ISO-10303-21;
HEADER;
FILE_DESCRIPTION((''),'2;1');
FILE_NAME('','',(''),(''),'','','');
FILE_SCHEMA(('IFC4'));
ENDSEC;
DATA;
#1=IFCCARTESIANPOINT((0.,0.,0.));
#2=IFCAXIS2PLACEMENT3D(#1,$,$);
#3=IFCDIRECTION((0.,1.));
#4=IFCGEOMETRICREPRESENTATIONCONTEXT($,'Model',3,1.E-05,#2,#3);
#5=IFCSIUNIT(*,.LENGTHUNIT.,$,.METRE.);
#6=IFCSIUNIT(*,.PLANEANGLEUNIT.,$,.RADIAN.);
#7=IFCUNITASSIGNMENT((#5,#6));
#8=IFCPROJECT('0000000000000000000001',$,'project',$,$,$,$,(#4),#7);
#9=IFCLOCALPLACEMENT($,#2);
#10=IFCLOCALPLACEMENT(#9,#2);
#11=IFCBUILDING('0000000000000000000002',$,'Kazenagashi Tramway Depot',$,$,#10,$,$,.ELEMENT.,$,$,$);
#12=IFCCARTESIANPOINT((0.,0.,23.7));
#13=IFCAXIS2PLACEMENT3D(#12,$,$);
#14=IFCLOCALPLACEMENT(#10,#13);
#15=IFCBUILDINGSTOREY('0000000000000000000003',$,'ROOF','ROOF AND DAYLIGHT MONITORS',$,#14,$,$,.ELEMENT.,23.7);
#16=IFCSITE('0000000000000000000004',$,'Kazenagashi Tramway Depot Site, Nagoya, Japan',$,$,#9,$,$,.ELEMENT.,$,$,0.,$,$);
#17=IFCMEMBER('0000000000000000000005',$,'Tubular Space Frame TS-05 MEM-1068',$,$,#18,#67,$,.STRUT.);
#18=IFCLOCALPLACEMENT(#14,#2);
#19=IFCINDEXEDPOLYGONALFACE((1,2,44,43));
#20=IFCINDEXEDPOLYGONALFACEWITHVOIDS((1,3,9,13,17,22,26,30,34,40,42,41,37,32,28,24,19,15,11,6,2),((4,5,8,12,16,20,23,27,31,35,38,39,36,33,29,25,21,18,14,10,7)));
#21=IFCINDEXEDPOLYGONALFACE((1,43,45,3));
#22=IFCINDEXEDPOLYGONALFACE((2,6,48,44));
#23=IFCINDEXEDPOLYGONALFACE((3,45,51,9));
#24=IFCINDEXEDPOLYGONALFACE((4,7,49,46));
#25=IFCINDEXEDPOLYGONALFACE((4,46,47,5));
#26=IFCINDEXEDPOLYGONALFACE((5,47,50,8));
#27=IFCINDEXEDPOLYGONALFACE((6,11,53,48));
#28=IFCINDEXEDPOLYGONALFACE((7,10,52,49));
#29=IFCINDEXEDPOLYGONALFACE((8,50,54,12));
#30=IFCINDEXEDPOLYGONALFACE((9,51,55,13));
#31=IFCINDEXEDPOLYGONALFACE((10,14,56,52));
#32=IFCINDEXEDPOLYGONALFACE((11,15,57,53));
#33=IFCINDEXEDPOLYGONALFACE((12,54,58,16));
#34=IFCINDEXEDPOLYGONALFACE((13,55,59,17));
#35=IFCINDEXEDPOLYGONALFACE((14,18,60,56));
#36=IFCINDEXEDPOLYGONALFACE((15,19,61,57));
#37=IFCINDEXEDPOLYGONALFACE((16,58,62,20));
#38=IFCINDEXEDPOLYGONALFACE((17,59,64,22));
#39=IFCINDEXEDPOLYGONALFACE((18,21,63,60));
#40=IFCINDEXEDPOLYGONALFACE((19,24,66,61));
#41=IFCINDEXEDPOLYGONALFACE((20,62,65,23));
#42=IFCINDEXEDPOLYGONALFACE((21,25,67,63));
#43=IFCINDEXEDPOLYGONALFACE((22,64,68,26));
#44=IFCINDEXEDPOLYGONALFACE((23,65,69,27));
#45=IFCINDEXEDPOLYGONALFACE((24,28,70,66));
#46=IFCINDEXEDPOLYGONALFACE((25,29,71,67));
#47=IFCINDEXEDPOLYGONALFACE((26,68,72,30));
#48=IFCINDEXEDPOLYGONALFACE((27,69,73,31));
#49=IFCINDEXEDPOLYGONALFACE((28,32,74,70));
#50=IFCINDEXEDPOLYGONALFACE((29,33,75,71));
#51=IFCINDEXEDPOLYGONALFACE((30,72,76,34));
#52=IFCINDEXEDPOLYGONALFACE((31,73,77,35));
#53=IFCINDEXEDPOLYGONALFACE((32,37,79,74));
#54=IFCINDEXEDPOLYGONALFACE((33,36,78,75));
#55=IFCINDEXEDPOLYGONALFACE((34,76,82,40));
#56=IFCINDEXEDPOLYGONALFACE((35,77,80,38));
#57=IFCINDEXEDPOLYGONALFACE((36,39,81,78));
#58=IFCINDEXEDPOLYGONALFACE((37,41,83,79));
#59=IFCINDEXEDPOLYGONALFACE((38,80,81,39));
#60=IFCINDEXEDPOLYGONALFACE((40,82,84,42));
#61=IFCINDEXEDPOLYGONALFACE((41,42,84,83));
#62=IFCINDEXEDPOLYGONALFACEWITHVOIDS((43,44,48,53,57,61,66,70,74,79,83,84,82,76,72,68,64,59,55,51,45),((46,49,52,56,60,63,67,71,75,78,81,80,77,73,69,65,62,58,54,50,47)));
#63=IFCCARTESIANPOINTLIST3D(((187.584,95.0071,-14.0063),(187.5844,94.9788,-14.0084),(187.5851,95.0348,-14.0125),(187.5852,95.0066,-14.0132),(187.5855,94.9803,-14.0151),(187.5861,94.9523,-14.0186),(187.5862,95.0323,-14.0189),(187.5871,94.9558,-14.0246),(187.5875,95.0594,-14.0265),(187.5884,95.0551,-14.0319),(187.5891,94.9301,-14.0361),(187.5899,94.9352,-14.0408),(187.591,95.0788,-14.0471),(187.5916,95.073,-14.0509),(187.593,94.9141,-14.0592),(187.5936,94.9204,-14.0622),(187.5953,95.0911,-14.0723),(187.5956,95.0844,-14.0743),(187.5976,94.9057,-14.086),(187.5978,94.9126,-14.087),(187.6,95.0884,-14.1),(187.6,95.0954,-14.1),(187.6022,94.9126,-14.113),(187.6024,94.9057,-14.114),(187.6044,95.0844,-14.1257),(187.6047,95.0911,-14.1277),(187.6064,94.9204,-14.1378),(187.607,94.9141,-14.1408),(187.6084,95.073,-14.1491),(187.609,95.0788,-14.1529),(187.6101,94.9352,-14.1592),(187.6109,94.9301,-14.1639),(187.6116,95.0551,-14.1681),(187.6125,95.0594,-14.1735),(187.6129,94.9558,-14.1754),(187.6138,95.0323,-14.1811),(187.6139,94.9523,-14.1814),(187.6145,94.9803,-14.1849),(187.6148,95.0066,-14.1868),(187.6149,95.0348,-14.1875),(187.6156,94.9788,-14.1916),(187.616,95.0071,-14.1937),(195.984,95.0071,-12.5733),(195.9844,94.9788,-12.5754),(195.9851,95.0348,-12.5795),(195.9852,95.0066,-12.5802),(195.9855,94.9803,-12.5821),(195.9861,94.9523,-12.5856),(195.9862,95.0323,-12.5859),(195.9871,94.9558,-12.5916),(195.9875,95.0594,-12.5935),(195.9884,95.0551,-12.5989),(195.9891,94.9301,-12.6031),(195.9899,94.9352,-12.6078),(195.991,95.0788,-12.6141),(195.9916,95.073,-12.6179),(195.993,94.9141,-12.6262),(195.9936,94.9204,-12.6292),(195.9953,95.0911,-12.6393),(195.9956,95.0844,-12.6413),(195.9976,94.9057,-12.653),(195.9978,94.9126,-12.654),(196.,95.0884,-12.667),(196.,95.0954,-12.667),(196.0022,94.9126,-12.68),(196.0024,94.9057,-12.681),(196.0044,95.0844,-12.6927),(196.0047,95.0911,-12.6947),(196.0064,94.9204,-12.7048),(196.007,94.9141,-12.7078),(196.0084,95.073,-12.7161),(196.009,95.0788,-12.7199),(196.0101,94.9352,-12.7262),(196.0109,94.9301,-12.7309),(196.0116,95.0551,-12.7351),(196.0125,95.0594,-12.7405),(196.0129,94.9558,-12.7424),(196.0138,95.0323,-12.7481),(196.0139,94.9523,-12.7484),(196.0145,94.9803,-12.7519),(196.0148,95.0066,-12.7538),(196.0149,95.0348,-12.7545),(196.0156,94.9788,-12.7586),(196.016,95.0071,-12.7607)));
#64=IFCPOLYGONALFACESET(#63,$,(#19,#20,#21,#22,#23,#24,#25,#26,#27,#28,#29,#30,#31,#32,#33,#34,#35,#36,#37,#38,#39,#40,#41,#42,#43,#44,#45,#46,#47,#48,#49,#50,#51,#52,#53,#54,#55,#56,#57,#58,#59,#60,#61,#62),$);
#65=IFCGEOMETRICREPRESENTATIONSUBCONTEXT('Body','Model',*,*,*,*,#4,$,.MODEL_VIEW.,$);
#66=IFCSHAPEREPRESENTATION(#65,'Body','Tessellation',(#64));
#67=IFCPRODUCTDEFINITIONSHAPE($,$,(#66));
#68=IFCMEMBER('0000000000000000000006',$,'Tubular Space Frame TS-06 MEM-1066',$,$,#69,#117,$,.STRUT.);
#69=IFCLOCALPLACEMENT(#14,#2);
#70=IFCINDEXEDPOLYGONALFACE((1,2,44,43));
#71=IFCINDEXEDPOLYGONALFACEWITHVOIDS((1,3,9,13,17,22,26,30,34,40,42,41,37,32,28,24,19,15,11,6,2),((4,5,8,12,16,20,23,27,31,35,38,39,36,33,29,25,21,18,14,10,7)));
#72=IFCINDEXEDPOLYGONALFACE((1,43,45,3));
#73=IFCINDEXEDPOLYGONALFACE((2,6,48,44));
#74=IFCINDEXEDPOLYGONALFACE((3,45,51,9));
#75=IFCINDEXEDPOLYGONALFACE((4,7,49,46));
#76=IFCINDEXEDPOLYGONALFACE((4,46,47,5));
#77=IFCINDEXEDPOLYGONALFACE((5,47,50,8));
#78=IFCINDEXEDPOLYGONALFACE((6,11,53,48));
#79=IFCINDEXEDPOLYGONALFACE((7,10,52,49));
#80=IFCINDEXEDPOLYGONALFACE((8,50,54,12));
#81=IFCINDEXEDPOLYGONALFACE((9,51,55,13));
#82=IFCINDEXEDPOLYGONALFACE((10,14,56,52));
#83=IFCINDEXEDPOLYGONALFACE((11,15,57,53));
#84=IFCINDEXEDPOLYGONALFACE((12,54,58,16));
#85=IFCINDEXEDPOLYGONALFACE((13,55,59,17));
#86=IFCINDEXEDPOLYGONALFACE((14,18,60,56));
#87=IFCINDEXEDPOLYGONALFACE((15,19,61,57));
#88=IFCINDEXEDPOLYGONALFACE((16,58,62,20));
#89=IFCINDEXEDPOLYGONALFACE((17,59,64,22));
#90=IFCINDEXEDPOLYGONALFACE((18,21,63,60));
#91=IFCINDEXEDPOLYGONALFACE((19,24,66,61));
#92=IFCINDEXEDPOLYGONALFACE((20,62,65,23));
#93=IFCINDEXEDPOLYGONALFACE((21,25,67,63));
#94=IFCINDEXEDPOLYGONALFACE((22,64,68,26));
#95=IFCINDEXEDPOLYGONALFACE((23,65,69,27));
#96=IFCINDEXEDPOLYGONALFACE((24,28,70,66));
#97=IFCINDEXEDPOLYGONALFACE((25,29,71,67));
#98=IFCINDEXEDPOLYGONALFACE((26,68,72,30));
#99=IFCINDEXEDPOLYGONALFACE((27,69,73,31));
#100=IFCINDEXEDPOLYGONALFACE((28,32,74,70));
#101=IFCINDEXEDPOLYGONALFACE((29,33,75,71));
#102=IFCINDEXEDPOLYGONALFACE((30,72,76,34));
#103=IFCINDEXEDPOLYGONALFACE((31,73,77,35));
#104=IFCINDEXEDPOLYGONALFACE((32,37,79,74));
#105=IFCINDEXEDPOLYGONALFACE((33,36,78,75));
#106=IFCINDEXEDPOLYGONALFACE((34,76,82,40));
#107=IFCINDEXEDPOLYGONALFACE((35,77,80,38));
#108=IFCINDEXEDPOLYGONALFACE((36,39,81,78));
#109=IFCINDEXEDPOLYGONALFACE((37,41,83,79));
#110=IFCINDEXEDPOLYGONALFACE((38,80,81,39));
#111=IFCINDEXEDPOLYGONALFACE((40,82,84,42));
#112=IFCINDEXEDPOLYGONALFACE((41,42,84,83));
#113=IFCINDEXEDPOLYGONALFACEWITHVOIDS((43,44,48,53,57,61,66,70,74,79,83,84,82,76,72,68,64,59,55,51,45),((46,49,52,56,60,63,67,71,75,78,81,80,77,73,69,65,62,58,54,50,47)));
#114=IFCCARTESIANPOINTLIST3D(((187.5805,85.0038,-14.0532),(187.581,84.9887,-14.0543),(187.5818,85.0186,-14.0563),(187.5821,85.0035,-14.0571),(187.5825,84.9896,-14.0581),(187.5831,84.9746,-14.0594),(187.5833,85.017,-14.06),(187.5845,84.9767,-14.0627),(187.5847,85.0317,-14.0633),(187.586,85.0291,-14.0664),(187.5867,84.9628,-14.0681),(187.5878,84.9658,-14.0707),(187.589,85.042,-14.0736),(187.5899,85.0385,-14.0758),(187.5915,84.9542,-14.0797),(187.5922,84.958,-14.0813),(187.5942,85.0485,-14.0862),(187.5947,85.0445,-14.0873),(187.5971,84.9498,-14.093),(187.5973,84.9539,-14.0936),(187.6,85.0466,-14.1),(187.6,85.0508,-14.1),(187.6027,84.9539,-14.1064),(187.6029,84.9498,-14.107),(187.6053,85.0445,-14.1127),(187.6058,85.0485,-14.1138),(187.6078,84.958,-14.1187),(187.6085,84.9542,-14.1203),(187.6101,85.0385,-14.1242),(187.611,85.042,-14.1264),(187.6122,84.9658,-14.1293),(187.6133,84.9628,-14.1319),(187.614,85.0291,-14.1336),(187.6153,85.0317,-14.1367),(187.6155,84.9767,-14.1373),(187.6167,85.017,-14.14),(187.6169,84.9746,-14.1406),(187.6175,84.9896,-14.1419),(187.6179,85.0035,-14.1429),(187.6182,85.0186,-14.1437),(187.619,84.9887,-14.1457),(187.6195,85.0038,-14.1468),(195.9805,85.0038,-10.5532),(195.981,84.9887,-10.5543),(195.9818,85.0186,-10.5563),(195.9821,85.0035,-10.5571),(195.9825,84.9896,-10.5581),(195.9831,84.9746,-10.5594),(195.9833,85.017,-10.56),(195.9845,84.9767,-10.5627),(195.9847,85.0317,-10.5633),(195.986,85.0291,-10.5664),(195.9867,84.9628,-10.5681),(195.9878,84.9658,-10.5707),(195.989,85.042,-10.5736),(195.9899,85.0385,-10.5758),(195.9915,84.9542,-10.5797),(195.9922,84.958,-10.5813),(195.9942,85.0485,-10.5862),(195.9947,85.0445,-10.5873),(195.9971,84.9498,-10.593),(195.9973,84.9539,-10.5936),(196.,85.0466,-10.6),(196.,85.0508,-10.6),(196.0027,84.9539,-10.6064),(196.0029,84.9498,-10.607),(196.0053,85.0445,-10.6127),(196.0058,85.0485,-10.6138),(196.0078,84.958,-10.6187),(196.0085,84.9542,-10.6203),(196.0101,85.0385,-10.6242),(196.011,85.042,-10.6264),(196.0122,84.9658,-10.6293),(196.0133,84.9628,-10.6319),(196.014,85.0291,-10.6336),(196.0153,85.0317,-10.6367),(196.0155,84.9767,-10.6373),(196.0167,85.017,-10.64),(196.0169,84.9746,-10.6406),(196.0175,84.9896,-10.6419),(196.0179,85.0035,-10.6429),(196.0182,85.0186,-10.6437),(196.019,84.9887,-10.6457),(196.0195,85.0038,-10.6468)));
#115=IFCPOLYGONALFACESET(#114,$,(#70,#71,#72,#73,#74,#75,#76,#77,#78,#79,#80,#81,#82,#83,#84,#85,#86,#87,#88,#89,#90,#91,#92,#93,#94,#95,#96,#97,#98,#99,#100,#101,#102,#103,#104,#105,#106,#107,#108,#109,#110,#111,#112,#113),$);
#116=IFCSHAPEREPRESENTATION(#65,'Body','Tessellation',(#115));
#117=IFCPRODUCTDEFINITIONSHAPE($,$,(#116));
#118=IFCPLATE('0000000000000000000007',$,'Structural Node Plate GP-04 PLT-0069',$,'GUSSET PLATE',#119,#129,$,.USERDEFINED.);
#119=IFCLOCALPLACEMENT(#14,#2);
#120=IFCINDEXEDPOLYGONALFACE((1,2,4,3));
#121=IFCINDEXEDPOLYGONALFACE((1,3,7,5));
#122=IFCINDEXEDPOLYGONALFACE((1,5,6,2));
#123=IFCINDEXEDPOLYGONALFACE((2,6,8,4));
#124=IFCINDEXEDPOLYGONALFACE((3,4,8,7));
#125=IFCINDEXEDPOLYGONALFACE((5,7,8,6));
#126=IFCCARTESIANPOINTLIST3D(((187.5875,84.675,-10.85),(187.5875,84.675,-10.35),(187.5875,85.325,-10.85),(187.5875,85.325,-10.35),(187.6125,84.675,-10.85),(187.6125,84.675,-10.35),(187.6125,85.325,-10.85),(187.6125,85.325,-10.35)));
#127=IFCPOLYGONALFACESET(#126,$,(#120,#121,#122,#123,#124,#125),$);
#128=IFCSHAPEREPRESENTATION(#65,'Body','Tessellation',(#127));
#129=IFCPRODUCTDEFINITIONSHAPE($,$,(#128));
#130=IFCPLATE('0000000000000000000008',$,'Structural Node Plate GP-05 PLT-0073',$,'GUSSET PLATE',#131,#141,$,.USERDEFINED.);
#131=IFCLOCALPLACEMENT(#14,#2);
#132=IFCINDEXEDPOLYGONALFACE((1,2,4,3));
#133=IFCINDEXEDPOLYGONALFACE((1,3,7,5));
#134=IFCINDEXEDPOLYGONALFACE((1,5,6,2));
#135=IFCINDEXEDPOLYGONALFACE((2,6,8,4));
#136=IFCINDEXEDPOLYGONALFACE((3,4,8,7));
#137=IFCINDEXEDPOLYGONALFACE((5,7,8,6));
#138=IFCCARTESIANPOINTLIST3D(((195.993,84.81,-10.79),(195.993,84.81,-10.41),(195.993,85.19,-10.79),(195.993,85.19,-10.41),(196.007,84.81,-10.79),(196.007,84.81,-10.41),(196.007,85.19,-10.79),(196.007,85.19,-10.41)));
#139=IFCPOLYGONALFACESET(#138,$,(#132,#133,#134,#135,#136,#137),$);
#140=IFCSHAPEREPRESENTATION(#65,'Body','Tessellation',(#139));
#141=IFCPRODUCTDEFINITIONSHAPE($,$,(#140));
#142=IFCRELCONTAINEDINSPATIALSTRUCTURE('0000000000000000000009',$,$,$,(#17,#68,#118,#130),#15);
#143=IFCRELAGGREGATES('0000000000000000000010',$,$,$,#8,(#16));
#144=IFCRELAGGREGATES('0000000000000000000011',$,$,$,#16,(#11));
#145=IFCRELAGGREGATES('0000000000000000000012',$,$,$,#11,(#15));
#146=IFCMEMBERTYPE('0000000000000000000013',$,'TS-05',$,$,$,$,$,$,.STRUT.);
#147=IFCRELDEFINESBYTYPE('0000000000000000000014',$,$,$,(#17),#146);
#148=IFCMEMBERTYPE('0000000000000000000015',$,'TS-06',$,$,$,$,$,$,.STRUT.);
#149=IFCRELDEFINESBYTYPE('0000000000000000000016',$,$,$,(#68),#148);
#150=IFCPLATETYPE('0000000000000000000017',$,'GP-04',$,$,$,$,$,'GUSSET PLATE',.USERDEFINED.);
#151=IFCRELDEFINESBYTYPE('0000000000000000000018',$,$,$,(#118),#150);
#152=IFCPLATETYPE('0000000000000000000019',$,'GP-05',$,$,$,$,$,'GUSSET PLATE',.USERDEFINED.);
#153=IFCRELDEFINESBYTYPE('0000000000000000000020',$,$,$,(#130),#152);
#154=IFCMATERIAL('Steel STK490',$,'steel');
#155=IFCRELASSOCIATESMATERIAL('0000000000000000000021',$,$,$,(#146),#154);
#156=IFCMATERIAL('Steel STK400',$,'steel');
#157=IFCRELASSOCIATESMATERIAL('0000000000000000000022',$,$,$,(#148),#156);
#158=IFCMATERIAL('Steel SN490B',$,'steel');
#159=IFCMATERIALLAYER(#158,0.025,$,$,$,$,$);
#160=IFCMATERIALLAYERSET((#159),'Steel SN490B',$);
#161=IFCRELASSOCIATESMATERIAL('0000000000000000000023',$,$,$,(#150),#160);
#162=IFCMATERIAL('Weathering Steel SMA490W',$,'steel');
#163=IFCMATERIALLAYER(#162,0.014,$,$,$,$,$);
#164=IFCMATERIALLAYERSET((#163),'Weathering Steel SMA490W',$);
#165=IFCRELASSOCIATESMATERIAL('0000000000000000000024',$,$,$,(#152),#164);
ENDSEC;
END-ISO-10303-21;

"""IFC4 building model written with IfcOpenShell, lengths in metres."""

from ifc_helpers import new_model, si_unit, direction, frame, origin, origin_2d, place, context, subcontext, project, spatial, rectangle, hollow_circle, extrude, material, layer, layer_set, material_profile, profile_set, type_object, element, save


model = new_model("IFC4")

# Units and contexts
model_context = context("Model", 3, precision=1e-05, world=origin(), true_north=direction((0.0, 1.0)))
body_context = subcontext(model_context, "Body", "Model", "MODEL_VIEW")
ifc_project = project(units=[si_unit("LENGTHUNIT", "METRE"), si_unit("PLANEANGLEUNIT", "RADIAN")], contexts=[model_context])

# Site, building, storey
site_placement = place(None, origin())
site = spatial("IfcSite", under=ifc_project, at=site_placement, Name="Kazenagashi Tramway Depot Site, Nagoya, Japan", CompositionType="ELEMENT", RefElevation=0.0)
building_placement = place(site_placement, origin())
building = spatial("IfcBuilding", under=site, at=building_placement, Name="Kazenagashi Tramway Depot", CompositionType="ELEMENT")
storey_placement = place(building_placement, frame((0.0, 0.0, 23.7)))
storey = spatial("IfcBuildingStorey", under=building, at=storey_placement, Name="ROOF", Description="ROOF AND DAYLIGHT MONITORS", CompositionType="ELEMENT", Elevation=23.7)

# Members
ifc_material_1 = material(Name="Steel STK490", Category="steel")
ifc_material_profile_1 = material_profile(ifc_material_1, hollow_circle(Radius=0.0954, WallThickness=0.007, at=origin_2d()), Name="CHS-190.7x7.0")
ifc_profile_set_1 = profile_set([ifc_material_profile_1], Name="Steel STK490")
member_type_1 = type_object("IfcMemberType", Name="TS-05", PredefinedType="STRUT", material=ifc_profile_set_1)
for number, where, z_axis, x_axis, name in (
    (1, (187.6, 95.0, -14.1), (0.985759, 0.0, 0.168166), (0.0, 1.0, 0.0), "Tubular Space Frame TS-05 MEM-1068"),
):
    element("IfcMember", number, at=place(storey_placement, frame(where, z_axis=z_axis, x_axis=x_axis)), inside=storey, type_object=member_type_1, Name=name, PredefinedType="STRUT", context=body_context, shape_type="SweptSolid", body=[
        extrude(hollow_circle(Radius=0.0954, WallThickness=0.007, at=origin_2d()), origin(), (0.0, 0.0, 1.0), 8.5214),
    ])
ifc_material_2 = material(Name="Steel STK400", Category="steel")
ifc_material_profile_2 = material_profile(ifc_material_2, hollow_circle(Radius=0.0508, WallThickness=0.0042, at=origin_2d()), Name="CHS-101.6x4.2")
ifc_profile_set_2 = profile_set([ifc_material_profile_2], Name="Steel STK400")
member_type_2 = type_object("IfcMemberType", Name="TS-06", PredefinedType="STRUT", material=ifc_profile_set_2)
member_1_placement = place(storey_placement, frame((187.6, 85.0, -14.1), z_axis=(0.923077, 0.0, 0.384615), x_axis=(0.0, 1.0, 0.0)))
element("IfcMember", 2, at=member_1_placement, inside=storey, type_object=member_type_2, Name="Tubular Space Frame TS-06 MEM-1066", PredefinedType="STRUT", context=body_context, shape_type="SweptSolid", body=[
    extrude(hollow_circle(Radius=0.0508, WallThickness=0.0042, at=origin_2d()), origin(), (0.0, 0.0, 1.0), 9.1),
])

# Plates
ifc_material_3 = material(Name="Steel SN490B", Category="steel")
ifc_layer_1 = layer(ifc_material_3, 0.025)
ifc_layer_set_1 = layer_set([ifc_layer_1], Name="Steel SN490B")
plate_type_1 = type_object("IfcPlateType", Name="GP-04", ElementType="GUSSET PLATE", PredefinedType="USERDEFINED", material=ifc_layer_set_1)
plate_1_placement = place(storey_placement, frame((187.6, 85.0, -10.85), z_axis=(0.0, 0.0, 1.0), x_axis=(0.0, 1.0, 0.0)))
element("IfcPlate", 3, at=plate_1_placement, inside=storey, type_object=plate_type_1, Name="Structural Node Plate GP-04 PLT-0069", ObjectType="GUSSET PLATE", PredefinedType="USERDEFINED", context=body_context, shape_type="SweptSolid", body=[
    extrude(rectangle(XDim=0.65, YDim=0.025, at=origin_2d()), origin(), (0.0, 0.0, 1.0), 0.5),
])
ifc_material_4 = material(Name="Weathering Steel SMA490W", Category="steel")
ifc_layer_2 = layer(ifc_material_4, 0.014)
ifc_layer_set_2 = layer_set([ifc_layer_2], Name="Weathering Steel SMA490W")
plate_type_2 = type_object("IfcPlateType", Name="GP-05", ElementType="GUSSET PLATE", PredefinedType="USERDEFINED", material=ifc_layer_set_2)
plate_2_placement = place(storey_placement, frame((196.0, 85.0, -10.79), z_axis=(0.0, 0.0, 1.0), x_axis=(0.0, 1.0, 0.0)))
element("IfcPlate", 4, at=plate_2_placement, inside=storey, type_object=plate_type_2, Name="Structural Node Plate GP-05 PLT-0073", ObjectType="GUSSET PLATE", PredefinedType="USERDEFINED", context=body_context, shape_type="SweptSolid", body=[
    extrude(rectangle(XDim=0.38, YDim=0.014, at=origin_2d()), origin(), (0.0, 0.0, 1.0), 0.38),
])

save(model, "model.ifc")
